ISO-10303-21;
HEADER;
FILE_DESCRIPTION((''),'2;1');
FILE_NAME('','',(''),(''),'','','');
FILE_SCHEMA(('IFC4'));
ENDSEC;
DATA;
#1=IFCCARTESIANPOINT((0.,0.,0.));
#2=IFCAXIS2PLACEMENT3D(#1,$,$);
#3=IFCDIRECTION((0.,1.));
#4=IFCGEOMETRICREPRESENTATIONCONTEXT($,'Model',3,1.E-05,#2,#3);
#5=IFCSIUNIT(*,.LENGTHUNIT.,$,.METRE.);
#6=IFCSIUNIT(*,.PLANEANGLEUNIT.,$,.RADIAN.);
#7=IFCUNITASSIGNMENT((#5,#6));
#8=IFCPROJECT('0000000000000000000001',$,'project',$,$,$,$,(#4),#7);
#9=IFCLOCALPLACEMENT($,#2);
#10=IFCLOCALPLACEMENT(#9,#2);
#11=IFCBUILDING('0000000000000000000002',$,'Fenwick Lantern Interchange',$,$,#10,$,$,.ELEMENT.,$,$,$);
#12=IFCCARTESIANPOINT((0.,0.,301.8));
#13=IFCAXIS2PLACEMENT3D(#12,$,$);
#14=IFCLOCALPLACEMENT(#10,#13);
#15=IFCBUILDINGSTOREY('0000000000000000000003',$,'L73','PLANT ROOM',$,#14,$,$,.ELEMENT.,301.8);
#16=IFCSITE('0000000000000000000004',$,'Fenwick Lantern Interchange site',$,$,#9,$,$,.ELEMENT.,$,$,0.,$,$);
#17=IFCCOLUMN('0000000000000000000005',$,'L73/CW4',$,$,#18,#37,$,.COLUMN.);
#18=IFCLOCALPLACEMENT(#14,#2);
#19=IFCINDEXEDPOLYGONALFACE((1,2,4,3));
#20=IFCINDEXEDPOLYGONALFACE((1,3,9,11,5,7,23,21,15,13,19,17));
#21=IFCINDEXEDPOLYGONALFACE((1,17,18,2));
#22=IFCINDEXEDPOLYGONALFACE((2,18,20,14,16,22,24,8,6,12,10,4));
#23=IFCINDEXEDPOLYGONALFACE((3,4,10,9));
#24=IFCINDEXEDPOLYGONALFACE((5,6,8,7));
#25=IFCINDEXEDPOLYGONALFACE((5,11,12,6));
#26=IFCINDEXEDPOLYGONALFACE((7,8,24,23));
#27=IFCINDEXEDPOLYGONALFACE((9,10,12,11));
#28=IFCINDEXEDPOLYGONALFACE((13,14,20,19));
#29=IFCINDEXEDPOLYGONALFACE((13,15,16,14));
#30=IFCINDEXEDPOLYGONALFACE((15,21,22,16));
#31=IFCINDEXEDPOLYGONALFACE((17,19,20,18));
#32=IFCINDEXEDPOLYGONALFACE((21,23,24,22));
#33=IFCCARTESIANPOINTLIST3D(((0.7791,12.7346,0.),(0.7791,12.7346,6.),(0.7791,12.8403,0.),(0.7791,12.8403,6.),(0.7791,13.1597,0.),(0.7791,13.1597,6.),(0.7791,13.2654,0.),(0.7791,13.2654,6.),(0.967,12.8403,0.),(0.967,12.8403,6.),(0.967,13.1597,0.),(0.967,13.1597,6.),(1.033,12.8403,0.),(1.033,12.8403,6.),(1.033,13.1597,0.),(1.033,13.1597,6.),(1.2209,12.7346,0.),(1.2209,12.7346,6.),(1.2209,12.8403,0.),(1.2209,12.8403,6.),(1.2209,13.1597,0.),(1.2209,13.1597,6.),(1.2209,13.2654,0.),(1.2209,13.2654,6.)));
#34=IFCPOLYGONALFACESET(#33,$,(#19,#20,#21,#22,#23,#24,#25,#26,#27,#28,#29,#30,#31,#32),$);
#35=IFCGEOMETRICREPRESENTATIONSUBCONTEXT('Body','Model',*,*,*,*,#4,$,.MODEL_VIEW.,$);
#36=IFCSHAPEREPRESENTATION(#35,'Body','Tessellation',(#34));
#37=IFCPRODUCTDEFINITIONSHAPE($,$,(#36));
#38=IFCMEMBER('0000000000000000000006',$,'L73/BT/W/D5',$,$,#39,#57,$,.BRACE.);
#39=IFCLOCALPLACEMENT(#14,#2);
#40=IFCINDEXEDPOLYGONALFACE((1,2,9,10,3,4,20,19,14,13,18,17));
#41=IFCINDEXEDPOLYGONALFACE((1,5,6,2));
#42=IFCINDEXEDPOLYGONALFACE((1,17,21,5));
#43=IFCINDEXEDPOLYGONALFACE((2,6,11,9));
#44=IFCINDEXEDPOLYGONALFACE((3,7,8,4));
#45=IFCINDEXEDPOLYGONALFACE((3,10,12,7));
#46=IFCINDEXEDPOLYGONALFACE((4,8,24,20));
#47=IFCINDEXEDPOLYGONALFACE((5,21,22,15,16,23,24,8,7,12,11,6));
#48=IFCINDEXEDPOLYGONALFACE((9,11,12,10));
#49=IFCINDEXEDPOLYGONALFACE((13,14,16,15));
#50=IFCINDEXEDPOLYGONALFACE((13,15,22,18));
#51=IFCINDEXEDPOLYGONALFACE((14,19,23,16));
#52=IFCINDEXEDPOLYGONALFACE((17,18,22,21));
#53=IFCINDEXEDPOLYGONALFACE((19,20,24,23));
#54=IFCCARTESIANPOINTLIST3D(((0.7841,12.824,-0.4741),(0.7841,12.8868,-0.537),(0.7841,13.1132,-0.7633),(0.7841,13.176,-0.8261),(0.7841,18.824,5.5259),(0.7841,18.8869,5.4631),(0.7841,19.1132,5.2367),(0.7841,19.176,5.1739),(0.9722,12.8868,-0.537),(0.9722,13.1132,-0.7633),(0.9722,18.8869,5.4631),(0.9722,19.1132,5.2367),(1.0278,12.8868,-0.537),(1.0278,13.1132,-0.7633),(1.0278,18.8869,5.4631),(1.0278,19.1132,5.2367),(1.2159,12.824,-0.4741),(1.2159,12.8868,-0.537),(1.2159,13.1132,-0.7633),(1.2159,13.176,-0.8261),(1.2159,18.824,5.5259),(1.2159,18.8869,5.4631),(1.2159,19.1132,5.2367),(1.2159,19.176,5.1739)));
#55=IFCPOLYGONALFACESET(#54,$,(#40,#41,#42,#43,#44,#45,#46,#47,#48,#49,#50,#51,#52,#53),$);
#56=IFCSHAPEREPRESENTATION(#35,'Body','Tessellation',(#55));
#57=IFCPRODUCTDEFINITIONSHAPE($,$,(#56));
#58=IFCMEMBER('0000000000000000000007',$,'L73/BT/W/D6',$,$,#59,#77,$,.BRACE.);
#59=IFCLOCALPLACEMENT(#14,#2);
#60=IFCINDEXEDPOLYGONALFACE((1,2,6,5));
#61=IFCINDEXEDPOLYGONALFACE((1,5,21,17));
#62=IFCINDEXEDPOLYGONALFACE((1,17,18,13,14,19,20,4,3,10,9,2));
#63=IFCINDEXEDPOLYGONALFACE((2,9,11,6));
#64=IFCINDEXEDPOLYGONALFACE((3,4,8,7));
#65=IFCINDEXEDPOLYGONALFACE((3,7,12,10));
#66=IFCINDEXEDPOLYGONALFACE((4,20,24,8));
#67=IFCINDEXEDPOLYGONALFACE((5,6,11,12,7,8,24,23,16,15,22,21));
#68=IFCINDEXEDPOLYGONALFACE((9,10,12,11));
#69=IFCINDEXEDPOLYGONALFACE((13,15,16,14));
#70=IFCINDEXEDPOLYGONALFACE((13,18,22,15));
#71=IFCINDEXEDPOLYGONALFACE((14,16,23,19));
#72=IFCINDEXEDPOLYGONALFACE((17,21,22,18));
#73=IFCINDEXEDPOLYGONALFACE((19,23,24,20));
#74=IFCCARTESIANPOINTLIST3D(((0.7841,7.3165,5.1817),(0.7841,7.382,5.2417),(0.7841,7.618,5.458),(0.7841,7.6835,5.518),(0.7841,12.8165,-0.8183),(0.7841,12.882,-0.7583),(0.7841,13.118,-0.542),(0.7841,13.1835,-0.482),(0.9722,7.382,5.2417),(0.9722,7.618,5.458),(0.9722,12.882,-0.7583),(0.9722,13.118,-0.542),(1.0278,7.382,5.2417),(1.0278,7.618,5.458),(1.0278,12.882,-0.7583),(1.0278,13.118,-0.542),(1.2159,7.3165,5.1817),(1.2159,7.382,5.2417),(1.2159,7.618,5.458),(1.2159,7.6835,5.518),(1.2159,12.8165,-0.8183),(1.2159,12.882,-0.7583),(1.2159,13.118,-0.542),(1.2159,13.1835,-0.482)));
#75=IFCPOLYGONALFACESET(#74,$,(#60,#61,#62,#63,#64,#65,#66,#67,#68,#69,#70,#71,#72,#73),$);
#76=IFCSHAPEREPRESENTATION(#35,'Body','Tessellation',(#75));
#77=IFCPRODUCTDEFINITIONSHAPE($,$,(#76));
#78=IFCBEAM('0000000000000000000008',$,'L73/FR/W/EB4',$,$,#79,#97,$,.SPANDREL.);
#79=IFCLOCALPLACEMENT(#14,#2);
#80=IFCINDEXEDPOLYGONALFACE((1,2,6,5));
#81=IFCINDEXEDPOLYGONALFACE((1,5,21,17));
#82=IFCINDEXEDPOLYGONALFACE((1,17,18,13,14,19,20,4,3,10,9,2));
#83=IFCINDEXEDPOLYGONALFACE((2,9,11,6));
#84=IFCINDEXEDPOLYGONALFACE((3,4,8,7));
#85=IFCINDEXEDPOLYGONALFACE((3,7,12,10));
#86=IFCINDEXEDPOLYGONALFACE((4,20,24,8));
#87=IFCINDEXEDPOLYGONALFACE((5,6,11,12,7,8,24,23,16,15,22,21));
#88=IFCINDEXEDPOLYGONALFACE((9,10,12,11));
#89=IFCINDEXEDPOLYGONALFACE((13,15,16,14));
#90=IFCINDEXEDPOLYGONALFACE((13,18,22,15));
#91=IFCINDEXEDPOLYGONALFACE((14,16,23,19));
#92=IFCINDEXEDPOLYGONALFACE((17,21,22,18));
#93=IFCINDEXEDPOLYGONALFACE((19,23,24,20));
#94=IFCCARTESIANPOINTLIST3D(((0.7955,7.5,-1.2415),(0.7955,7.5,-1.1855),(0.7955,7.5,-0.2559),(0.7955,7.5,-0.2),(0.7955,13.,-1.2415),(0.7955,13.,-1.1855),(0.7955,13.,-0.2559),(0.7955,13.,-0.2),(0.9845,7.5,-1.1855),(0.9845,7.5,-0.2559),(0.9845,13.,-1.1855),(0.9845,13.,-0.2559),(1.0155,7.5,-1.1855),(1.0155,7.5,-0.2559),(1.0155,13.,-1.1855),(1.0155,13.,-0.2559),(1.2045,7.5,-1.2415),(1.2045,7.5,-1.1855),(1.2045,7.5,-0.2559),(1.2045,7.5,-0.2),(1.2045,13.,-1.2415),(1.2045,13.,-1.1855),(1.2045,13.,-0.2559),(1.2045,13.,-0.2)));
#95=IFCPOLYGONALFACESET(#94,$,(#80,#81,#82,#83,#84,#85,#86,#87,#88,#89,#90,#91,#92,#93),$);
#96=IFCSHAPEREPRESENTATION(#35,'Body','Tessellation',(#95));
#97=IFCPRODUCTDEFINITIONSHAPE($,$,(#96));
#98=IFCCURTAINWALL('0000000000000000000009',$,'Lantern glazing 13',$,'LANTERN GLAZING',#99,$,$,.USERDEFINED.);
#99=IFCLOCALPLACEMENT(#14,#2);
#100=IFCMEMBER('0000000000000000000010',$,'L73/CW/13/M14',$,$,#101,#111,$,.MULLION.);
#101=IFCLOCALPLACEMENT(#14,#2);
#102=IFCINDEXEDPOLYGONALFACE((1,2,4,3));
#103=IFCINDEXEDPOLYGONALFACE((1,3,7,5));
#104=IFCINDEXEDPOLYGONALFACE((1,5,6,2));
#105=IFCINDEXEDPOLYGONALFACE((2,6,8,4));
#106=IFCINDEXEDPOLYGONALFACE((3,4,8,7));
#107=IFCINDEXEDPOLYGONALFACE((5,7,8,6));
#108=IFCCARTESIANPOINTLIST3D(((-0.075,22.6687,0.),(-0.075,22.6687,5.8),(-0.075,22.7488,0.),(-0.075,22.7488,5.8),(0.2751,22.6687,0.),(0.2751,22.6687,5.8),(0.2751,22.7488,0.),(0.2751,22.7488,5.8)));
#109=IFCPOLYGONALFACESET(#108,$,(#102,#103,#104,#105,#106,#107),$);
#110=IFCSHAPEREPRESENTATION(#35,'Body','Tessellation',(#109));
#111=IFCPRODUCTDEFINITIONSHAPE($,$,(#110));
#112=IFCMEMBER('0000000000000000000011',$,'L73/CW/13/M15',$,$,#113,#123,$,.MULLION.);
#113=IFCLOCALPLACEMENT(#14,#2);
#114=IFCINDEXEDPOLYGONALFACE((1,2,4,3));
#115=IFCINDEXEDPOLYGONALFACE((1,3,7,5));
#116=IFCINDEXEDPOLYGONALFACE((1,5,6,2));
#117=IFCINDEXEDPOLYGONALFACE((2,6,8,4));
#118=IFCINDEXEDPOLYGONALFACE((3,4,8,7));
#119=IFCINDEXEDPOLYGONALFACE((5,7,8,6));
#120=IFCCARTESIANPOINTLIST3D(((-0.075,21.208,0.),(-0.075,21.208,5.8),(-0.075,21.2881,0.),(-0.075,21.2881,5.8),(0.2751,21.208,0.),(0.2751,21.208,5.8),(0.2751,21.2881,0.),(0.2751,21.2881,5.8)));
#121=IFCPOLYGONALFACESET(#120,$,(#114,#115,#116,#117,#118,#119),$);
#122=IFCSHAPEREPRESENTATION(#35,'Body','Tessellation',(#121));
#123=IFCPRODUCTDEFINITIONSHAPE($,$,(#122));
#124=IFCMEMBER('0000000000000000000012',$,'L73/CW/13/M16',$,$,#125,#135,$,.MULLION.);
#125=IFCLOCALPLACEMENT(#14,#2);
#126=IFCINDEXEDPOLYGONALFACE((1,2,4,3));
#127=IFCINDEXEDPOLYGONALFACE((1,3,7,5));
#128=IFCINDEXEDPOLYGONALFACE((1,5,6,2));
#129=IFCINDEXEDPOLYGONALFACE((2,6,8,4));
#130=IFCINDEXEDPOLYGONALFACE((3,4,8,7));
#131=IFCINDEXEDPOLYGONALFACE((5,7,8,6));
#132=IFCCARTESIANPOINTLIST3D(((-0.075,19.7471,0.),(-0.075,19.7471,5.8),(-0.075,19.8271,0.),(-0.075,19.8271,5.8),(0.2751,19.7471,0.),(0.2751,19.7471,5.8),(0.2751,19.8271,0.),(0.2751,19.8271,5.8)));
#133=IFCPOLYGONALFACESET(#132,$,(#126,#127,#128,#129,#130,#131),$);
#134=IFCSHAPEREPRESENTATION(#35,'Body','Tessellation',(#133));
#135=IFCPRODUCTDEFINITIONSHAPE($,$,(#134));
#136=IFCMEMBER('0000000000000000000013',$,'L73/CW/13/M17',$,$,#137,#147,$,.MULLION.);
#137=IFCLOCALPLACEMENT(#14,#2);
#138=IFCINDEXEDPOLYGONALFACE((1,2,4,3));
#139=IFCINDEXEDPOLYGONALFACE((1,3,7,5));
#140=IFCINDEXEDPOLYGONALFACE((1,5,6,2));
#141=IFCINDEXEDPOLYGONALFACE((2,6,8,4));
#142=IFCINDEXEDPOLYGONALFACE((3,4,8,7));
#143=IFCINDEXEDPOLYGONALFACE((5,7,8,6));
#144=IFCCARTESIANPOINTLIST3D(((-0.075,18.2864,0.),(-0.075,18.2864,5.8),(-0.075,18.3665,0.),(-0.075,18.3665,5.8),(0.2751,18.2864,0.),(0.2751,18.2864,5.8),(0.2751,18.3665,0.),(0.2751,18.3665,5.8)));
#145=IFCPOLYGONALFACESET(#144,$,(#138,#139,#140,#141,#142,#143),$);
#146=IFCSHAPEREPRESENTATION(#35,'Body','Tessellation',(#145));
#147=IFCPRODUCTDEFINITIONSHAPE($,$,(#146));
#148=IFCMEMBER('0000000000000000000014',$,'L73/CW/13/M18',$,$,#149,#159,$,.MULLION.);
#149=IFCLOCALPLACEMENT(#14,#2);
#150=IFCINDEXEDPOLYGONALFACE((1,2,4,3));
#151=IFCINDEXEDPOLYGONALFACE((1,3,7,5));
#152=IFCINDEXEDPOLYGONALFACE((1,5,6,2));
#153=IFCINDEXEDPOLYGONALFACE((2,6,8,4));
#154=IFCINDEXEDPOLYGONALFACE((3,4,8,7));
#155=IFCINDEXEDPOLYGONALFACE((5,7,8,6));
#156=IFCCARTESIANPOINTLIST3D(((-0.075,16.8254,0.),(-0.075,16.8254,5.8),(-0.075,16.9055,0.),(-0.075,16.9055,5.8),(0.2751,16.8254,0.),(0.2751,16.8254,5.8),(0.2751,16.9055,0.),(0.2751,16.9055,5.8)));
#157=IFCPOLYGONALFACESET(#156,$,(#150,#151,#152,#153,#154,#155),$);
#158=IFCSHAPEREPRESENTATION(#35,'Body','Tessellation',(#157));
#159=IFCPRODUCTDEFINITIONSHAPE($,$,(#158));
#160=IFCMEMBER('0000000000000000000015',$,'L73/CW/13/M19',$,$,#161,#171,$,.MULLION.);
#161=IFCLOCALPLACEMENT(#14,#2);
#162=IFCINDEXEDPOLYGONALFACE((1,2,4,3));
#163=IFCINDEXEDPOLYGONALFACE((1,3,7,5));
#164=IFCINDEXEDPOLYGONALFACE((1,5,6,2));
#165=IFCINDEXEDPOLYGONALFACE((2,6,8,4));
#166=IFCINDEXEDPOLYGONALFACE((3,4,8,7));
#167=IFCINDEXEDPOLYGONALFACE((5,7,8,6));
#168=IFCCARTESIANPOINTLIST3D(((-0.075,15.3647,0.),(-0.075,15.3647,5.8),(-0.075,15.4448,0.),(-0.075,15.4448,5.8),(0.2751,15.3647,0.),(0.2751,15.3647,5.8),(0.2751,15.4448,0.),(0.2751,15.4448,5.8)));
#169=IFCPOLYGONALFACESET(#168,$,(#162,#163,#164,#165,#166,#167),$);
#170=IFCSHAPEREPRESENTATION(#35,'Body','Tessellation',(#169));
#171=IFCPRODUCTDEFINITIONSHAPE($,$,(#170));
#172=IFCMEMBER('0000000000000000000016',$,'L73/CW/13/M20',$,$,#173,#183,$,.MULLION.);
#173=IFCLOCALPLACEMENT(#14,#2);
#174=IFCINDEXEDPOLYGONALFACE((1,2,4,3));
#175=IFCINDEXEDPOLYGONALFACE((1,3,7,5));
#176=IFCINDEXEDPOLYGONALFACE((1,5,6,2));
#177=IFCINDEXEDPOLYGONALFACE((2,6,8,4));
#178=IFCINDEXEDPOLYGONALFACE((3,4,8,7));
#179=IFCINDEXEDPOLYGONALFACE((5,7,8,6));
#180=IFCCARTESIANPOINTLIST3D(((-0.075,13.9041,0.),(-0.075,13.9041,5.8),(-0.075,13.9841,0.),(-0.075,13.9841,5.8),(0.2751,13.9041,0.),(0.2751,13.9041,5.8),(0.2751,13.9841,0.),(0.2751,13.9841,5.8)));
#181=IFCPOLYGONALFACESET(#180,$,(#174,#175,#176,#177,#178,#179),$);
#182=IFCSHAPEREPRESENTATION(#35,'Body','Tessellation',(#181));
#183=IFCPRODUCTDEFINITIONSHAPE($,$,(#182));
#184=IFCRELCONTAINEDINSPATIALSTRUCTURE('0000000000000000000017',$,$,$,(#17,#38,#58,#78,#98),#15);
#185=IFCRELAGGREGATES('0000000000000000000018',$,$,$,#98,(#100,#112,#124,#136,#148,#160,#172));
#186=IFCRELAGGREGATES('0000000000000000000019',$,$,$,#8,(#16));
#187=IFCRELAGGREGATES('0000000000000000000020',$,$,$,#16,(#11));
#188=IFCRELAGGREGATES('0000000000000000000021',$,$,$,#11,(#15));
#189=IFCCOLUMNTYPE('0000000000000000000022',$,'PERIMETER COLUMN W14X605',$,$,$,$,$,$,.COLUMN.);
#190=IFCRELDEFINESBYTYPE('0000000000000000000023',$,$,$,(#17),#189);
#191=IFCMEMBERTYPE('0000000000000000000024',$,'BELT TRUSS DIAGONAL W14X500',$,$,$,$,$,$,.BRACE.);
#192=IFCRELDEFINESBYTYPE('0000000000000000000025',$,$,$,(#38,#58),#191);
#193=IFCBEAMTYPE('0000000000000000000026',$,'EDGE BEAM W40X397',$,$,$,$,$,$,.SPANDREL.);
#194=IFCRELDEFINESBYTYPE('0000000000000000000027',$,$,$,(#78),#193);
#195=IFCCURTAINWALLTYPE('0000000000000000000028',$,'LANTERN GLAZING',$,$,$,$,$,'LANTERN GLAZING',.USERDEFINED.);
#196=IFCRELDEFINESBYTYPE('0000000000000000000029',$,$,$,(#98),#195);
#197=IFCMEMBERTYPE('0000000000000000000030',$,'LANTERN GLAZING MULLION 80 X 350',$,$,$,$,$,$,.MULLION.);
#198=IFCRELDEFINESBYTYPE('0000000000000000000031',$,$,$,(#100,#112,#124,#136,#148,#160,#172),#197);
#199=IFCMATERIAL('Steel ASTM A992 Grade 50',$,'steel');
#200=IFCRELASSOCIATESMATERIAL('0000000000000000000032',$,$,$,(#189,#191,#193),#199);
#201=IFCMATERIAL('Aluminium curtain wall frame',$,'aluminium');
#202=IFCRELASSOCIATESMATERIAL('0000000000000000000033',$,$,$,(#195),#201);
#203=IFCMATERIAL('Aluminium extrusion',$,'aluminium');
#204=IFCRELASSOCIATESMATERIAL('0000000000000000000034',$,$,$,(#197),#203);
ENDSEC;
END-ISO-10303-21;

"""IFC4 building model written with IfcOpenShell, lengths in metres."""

from ifc_helpers import new_model, si_unit, direction, frame, origin, origin_2d, place, context, subcontext, project, spatial, rectangle, i_section, extrude, material, material_profile, profile_set, type_object, element, aggregate, save


model = new_model("IFC4")

# Units and contexts
model_context = context("Model", 3, precision=1e-05, world=origin(), true_north=direction((0.0, 1.0)))
body_context = subcontext(model_context, "Body", "Model", "MODEL_VIEW")
ifc_project = project(units=[si_unit("LENGTHUNIT", "METRE"), si_unit("PLANEANGLEUNIT", "RADIAN")], contexts=[model_context])

# Site, building, storey
site_placement = place(None, origin())
site = spatial("IfcSite", under=ifc_project, at=site_placement, Name="Fenwick Lantern Interchange site", CompositionType="ELEMENT", RefElevation=0.0)
building_placement = place(site_placement, origin())
building = spatial("IfcBuilding", under=site, at=building_placement, Name="Fenwick Lantern Interchange", CompositionType="ELEMENT")
storey_placement = place(building_placement, frame((0.0, 0.0, 301.8)))
storey = spatial("IfcBuildingStorey", under=building, at=storey_placement, Name="L73", Description="PLANT ROOM", CompositionType="ELEMENT", Elevation=301.8)

# Column
ifc_material_1 = material(Name="Steel ASTM A992 Grade 50", Category="steel")
ifc_material_profile_1 = material_profile(ifc_material_1, i_section(OverallWidth=0.4419, OverallDepth=0.5308, WebThickness=0.0659, FlangeThickness=0.1057, at=origin_2d()), Name="W14X605")
ifc_profile_set_1 = profile_set([ifc_material_profile_1], Name="Steel ASTM A992 Grade 50")
column_type = type_object("IfcColumnType", Name="PERIMETER COLUMN W14X605", PredefinedType="COLUMN", material=ifc_profile_set_1)
column_placement = place(storey_placement, frame((1.0, 13.0, 0.0), z_axis=(0.0, 0.0, 1.0), x_axis=(1.0, 0.0, 0.0)))
element("IfcColumn", 1, at=column_placement, inside=storey, type_object=column_type, Name="L73/CW4", PredefinedType="COLUMN", context=body_context, shape_type="SweptSolid", body=[
    extrude(i_section(OverallWidth=0.4419, OverallDepth=0.5308, WebThickness=0.0659, FlangeThickness=0.1057, at=origin_2d()), origin(), (0.0, 0.0, 1.0), 6.0),
])

# Members
ifc_material_profile_2 = material_profile(ifc_material_1, i_section(OverallWidth=0.4319, OverallDepth=0.4978, WebThickness=0.0557, FlangeThickness=0.0889, at=origin_2d()), Name="W14X500")
ifc_profile_set_2 = profile_set([ifc_material_profile_2], Name="Steel ASTM A992 Grade 50")
member_type_1 = type_object("IfcMemberType", Name="BELT TRUSS DIAGONAL W14X500", PredefinedType="BRACE", material=ifc_profile_set_2)
member_1_placement = place(storey_placement, frame((1.0, 13.0, -0.6501), z_axis=(0.0, 0.707107, 0.707107), x_axis=(-1.0, 0.0, 0.0)))
element("IfcMember", 2, at=member_1_placement, inside=storey, type_object=member_type_1, Name="L73/BT/W/D5", PredefinedType="BRACE", context=body_context, shape_type="SweptSolid", body=[
    extrude(i_section(OverallWidth=0.4319, OverallDepth=0.4978, WebThickness=0.0557, FlangeThickness=0.0889, at=origin_2d()), origin(), (0.0, 0.0, 1.0), 8.4854),
])
member_2_placement = place(storey_placement, frame((1.0, 13.0, -0.6501), z_axis=(0.0, -0.675725, 0.737154), x_axis=(1.0, 0.0, 0.0)))
element("IfcMember", 3, at=member_2_placement, inside=storey, type_object=member_type_1, Name="L73/BT/W/D6", PredefinedType="BRACE", context=body_context, shape_type="SweptSolid", body=[
    extrude(i_section(OverallWidth=0.4319, OverallDepth=0.4978, WebThickness=0.0557, FlangeThickness=0.0889, at=origin_2d()), origin(), (0.0, 0.0, 1.0), 8.1394),
])

# Beam
ifc_material_profile_3 = material_profile(ifc_material_1, i_section(OverallWidth=0.4089, OverallDepth=1.0415, WebThickness=0.031, FlangeThickness=0.0559, at=origin_2d()), Name="W40X397")
ifc_profile_set_3 = profile_set([ifc_material_profile_3], Name="Steel ASTM A992 Grade 50")
beam_type_1 = type_object("IfcBeamType", Name="EDGE BEAM W40X397", PredefinedType="SPANDREL", material=ifc_profile_set_3)
beam_1_placement = place(storey_placement, frame((1.0, 13.0, -0.7207), z_axis=(0.0, -1.0, 0.0), x_axis=(1.0, 0.0, 0.0)))
element("IfcBeam", 4, at=beam_1_placement, inside=storey, type_object=beam_type_1, Name="L73/FR/W/EB4", PredefinedType="SPANDREL", context=body_context, shape_type="SweptSolid", body=[
    extrude(i_section(OverallWidth=0.4089, OverallDepth=1.0415, WebThickness=0.031, FlangeThickness=0.0559, at=origin_2d()), origin(), (0.0, 0.0, 1.0), 5.5),
])

# Curtain wall, members
ifc_material_2 = material(Name="Aluminium curtain wall frame", Category="aluminium")
curtain_wall_type = type_object("IfcCurtainWallType", Name="LANTERN GLAZING", ElementType="LANTERN GLAZING", PredefinedType="USERDEFINED", material=ifc_material_2)
curtain_wall_placement = place(storey_placement, origin())
curtain_wall = element("IfcCurtainWall", 5, at=curtain_wall_placement, inside=storey, type_object=curtain_wall_type, Name="Lantern glazing 13", ObjectType="LANTERN GLAZING", PredefinedType="USERDEFINED")
ifc_material_3 = material(Name="Aluminium extrusion", Category="aluminium")
ifc_material_profile_4 = material_profile(ifc_material_3, rectangle(XDim=0.3501, YDim=0.0801, at=origin_2d()), Name="LANTERN GLAZING MULLION 80 X 350")
ifc_profile_set_4 = profile_set([ifc_material_profile_4], Name="Aluminium extrusion")
member_type_2 = type_object("IfcMemberType", Name="LANTERN GLAZING MULLION 80 X 350", PredefinedType="MULLION", material=ifc_profile_set_4)
member_3_placement = place(storey_placement, frame((0.1001, 22.7087, 0.0), z_axis=(0.0, 0.0, 1.0), x_axis=(1.0, 0.0, 0.0)))
member_3 = element("IfcMember", 6, at=member_3_placement, type_object=member_type_2, Name="L73/CW/13/M14", PredefinedType="MULLION", context=body_context, shape_type="SweptSolid", body=[
    extrude(rectangle(XDim=0.3501, YDim=0.0801, at=origin_2d()), origin(), (0.0, 0.0, 1.0), 5.8),
])
member_4_placement = place(storey_placement, frame((0.1001, 21.248, 0.0), z_axis=(0.0, 0.0, 1.0), x_axis=(1.0, 0.0, 0.0)))
member_4 = element("IfcMember", 7, at=member_4_placement, type_object=member_type_2, Name="L73/CW/13/M15", PredefinedType="MULLION", context=body_context, shape_type="SweptSolid", body=[
    extrude(rectangle(XDim=0.3501, YDim=0.0801, at=origin_2d()), origin(), (0.0, 0.0, 1.0), 5.8),
])
member_5_placement = place(storey_placement, frame((0.1001, 19.7871, 0.0), z_axis=(0.0, 0.0, 1.0), x_axis=(1.0, 0.0, 0.0)))
member_5 = element("IfcMember", 8, at=member_5_placement, type_object=member_type_2, Name="L73/CW/13/M16", PredefinedType="MULLION", context=body_context, shape_type="SweptSolid", body=[
    extrude(rectangle(XDim=0.3501, YDim=0.0801, at=origin_2d()), origin(), (0.0, 0.0, 1.0), 5.8),
])
member_6_placement = place(storey_placement, frame((0.1001, 18.3264, 0.0), z_axis=(0.0, 0.0, 1.0), x_axis=(1.0, 0.0, 0.0)))
member_6 = element("IfcMember", 9, at=member_6_placement, type_object=member_type_2, Name="L73/CW/13/M17", PredefinedType="MULLION", context=body_context, shape_type="SweptSolid", body=[
    extrude(rectangle(XDim=0.3501, YDim=0.0801, at=origin_2d()), origin(), (0.0, 0.0, 1.0), 5.8),
])
member_7_placement = place(storey_placement, frame((0.1001, 16.8655, 0.0), z_axis=(0.0, 0.0, 1.0), x_axis=(1.0, 0.0, 0.0)))
member_7 = element("IfcMember", 10, at=member_7_placement, type_object=member_type_2, Name="L73/CW/13/M18", PredefinedType="MULLION", context=body_context, shape_type="SweptSolid", body=[
    extrude(rectangle(XDim=0.3501, YDim=0.0801, at=origin_2d()), origin(), (0.0, 0.0, 1.0), 5.8),
])
member_8_placement = place(storey_placement, frame((0.1001, 15.4048, 0.0), z_axis=(0.0, 0.0, 1.0), x_axis=(1.0, 0.0, 0.0)))
member_8 = element("IfcMember", 11, at=member_8_placement, type_object=member_type_2, Name="L73/CW/13/M19", PredefinedType="MULLION", context=body_context, shape_type="SweptSolid", body=[
    extrude(rectangle(XDim=0.3501, YDim=0.0801, at=origin_2d()), origin(), (0.0, 0.0, 1.0), 5.8),
])
member_9_placement = place(storey_placement, frame((0.1001, 13.9441, 0.0), z_axis=(0.0, 0.0, 1.0), x_axis=(1.0, 0.0, 0.0)))
member_9 = element("IfcMember", 12, at=member_9_placement, type_object=member_type_2, Name="L73/CW/13/M20", PredefinedType="MULLION", context=body_context, shape_type="SweptSolid", body=[
    extrude(rectangle(XDim=0.3501, YDim=0.0801, at=origin_2d()), origin(), (0.0, 0.0, 1.0), 5.8),
])
aggregate(curtain_wall, [member_3, member_4, member_5, member_6, member_7, member_8, member_9])

save(model, "model.ifc")
